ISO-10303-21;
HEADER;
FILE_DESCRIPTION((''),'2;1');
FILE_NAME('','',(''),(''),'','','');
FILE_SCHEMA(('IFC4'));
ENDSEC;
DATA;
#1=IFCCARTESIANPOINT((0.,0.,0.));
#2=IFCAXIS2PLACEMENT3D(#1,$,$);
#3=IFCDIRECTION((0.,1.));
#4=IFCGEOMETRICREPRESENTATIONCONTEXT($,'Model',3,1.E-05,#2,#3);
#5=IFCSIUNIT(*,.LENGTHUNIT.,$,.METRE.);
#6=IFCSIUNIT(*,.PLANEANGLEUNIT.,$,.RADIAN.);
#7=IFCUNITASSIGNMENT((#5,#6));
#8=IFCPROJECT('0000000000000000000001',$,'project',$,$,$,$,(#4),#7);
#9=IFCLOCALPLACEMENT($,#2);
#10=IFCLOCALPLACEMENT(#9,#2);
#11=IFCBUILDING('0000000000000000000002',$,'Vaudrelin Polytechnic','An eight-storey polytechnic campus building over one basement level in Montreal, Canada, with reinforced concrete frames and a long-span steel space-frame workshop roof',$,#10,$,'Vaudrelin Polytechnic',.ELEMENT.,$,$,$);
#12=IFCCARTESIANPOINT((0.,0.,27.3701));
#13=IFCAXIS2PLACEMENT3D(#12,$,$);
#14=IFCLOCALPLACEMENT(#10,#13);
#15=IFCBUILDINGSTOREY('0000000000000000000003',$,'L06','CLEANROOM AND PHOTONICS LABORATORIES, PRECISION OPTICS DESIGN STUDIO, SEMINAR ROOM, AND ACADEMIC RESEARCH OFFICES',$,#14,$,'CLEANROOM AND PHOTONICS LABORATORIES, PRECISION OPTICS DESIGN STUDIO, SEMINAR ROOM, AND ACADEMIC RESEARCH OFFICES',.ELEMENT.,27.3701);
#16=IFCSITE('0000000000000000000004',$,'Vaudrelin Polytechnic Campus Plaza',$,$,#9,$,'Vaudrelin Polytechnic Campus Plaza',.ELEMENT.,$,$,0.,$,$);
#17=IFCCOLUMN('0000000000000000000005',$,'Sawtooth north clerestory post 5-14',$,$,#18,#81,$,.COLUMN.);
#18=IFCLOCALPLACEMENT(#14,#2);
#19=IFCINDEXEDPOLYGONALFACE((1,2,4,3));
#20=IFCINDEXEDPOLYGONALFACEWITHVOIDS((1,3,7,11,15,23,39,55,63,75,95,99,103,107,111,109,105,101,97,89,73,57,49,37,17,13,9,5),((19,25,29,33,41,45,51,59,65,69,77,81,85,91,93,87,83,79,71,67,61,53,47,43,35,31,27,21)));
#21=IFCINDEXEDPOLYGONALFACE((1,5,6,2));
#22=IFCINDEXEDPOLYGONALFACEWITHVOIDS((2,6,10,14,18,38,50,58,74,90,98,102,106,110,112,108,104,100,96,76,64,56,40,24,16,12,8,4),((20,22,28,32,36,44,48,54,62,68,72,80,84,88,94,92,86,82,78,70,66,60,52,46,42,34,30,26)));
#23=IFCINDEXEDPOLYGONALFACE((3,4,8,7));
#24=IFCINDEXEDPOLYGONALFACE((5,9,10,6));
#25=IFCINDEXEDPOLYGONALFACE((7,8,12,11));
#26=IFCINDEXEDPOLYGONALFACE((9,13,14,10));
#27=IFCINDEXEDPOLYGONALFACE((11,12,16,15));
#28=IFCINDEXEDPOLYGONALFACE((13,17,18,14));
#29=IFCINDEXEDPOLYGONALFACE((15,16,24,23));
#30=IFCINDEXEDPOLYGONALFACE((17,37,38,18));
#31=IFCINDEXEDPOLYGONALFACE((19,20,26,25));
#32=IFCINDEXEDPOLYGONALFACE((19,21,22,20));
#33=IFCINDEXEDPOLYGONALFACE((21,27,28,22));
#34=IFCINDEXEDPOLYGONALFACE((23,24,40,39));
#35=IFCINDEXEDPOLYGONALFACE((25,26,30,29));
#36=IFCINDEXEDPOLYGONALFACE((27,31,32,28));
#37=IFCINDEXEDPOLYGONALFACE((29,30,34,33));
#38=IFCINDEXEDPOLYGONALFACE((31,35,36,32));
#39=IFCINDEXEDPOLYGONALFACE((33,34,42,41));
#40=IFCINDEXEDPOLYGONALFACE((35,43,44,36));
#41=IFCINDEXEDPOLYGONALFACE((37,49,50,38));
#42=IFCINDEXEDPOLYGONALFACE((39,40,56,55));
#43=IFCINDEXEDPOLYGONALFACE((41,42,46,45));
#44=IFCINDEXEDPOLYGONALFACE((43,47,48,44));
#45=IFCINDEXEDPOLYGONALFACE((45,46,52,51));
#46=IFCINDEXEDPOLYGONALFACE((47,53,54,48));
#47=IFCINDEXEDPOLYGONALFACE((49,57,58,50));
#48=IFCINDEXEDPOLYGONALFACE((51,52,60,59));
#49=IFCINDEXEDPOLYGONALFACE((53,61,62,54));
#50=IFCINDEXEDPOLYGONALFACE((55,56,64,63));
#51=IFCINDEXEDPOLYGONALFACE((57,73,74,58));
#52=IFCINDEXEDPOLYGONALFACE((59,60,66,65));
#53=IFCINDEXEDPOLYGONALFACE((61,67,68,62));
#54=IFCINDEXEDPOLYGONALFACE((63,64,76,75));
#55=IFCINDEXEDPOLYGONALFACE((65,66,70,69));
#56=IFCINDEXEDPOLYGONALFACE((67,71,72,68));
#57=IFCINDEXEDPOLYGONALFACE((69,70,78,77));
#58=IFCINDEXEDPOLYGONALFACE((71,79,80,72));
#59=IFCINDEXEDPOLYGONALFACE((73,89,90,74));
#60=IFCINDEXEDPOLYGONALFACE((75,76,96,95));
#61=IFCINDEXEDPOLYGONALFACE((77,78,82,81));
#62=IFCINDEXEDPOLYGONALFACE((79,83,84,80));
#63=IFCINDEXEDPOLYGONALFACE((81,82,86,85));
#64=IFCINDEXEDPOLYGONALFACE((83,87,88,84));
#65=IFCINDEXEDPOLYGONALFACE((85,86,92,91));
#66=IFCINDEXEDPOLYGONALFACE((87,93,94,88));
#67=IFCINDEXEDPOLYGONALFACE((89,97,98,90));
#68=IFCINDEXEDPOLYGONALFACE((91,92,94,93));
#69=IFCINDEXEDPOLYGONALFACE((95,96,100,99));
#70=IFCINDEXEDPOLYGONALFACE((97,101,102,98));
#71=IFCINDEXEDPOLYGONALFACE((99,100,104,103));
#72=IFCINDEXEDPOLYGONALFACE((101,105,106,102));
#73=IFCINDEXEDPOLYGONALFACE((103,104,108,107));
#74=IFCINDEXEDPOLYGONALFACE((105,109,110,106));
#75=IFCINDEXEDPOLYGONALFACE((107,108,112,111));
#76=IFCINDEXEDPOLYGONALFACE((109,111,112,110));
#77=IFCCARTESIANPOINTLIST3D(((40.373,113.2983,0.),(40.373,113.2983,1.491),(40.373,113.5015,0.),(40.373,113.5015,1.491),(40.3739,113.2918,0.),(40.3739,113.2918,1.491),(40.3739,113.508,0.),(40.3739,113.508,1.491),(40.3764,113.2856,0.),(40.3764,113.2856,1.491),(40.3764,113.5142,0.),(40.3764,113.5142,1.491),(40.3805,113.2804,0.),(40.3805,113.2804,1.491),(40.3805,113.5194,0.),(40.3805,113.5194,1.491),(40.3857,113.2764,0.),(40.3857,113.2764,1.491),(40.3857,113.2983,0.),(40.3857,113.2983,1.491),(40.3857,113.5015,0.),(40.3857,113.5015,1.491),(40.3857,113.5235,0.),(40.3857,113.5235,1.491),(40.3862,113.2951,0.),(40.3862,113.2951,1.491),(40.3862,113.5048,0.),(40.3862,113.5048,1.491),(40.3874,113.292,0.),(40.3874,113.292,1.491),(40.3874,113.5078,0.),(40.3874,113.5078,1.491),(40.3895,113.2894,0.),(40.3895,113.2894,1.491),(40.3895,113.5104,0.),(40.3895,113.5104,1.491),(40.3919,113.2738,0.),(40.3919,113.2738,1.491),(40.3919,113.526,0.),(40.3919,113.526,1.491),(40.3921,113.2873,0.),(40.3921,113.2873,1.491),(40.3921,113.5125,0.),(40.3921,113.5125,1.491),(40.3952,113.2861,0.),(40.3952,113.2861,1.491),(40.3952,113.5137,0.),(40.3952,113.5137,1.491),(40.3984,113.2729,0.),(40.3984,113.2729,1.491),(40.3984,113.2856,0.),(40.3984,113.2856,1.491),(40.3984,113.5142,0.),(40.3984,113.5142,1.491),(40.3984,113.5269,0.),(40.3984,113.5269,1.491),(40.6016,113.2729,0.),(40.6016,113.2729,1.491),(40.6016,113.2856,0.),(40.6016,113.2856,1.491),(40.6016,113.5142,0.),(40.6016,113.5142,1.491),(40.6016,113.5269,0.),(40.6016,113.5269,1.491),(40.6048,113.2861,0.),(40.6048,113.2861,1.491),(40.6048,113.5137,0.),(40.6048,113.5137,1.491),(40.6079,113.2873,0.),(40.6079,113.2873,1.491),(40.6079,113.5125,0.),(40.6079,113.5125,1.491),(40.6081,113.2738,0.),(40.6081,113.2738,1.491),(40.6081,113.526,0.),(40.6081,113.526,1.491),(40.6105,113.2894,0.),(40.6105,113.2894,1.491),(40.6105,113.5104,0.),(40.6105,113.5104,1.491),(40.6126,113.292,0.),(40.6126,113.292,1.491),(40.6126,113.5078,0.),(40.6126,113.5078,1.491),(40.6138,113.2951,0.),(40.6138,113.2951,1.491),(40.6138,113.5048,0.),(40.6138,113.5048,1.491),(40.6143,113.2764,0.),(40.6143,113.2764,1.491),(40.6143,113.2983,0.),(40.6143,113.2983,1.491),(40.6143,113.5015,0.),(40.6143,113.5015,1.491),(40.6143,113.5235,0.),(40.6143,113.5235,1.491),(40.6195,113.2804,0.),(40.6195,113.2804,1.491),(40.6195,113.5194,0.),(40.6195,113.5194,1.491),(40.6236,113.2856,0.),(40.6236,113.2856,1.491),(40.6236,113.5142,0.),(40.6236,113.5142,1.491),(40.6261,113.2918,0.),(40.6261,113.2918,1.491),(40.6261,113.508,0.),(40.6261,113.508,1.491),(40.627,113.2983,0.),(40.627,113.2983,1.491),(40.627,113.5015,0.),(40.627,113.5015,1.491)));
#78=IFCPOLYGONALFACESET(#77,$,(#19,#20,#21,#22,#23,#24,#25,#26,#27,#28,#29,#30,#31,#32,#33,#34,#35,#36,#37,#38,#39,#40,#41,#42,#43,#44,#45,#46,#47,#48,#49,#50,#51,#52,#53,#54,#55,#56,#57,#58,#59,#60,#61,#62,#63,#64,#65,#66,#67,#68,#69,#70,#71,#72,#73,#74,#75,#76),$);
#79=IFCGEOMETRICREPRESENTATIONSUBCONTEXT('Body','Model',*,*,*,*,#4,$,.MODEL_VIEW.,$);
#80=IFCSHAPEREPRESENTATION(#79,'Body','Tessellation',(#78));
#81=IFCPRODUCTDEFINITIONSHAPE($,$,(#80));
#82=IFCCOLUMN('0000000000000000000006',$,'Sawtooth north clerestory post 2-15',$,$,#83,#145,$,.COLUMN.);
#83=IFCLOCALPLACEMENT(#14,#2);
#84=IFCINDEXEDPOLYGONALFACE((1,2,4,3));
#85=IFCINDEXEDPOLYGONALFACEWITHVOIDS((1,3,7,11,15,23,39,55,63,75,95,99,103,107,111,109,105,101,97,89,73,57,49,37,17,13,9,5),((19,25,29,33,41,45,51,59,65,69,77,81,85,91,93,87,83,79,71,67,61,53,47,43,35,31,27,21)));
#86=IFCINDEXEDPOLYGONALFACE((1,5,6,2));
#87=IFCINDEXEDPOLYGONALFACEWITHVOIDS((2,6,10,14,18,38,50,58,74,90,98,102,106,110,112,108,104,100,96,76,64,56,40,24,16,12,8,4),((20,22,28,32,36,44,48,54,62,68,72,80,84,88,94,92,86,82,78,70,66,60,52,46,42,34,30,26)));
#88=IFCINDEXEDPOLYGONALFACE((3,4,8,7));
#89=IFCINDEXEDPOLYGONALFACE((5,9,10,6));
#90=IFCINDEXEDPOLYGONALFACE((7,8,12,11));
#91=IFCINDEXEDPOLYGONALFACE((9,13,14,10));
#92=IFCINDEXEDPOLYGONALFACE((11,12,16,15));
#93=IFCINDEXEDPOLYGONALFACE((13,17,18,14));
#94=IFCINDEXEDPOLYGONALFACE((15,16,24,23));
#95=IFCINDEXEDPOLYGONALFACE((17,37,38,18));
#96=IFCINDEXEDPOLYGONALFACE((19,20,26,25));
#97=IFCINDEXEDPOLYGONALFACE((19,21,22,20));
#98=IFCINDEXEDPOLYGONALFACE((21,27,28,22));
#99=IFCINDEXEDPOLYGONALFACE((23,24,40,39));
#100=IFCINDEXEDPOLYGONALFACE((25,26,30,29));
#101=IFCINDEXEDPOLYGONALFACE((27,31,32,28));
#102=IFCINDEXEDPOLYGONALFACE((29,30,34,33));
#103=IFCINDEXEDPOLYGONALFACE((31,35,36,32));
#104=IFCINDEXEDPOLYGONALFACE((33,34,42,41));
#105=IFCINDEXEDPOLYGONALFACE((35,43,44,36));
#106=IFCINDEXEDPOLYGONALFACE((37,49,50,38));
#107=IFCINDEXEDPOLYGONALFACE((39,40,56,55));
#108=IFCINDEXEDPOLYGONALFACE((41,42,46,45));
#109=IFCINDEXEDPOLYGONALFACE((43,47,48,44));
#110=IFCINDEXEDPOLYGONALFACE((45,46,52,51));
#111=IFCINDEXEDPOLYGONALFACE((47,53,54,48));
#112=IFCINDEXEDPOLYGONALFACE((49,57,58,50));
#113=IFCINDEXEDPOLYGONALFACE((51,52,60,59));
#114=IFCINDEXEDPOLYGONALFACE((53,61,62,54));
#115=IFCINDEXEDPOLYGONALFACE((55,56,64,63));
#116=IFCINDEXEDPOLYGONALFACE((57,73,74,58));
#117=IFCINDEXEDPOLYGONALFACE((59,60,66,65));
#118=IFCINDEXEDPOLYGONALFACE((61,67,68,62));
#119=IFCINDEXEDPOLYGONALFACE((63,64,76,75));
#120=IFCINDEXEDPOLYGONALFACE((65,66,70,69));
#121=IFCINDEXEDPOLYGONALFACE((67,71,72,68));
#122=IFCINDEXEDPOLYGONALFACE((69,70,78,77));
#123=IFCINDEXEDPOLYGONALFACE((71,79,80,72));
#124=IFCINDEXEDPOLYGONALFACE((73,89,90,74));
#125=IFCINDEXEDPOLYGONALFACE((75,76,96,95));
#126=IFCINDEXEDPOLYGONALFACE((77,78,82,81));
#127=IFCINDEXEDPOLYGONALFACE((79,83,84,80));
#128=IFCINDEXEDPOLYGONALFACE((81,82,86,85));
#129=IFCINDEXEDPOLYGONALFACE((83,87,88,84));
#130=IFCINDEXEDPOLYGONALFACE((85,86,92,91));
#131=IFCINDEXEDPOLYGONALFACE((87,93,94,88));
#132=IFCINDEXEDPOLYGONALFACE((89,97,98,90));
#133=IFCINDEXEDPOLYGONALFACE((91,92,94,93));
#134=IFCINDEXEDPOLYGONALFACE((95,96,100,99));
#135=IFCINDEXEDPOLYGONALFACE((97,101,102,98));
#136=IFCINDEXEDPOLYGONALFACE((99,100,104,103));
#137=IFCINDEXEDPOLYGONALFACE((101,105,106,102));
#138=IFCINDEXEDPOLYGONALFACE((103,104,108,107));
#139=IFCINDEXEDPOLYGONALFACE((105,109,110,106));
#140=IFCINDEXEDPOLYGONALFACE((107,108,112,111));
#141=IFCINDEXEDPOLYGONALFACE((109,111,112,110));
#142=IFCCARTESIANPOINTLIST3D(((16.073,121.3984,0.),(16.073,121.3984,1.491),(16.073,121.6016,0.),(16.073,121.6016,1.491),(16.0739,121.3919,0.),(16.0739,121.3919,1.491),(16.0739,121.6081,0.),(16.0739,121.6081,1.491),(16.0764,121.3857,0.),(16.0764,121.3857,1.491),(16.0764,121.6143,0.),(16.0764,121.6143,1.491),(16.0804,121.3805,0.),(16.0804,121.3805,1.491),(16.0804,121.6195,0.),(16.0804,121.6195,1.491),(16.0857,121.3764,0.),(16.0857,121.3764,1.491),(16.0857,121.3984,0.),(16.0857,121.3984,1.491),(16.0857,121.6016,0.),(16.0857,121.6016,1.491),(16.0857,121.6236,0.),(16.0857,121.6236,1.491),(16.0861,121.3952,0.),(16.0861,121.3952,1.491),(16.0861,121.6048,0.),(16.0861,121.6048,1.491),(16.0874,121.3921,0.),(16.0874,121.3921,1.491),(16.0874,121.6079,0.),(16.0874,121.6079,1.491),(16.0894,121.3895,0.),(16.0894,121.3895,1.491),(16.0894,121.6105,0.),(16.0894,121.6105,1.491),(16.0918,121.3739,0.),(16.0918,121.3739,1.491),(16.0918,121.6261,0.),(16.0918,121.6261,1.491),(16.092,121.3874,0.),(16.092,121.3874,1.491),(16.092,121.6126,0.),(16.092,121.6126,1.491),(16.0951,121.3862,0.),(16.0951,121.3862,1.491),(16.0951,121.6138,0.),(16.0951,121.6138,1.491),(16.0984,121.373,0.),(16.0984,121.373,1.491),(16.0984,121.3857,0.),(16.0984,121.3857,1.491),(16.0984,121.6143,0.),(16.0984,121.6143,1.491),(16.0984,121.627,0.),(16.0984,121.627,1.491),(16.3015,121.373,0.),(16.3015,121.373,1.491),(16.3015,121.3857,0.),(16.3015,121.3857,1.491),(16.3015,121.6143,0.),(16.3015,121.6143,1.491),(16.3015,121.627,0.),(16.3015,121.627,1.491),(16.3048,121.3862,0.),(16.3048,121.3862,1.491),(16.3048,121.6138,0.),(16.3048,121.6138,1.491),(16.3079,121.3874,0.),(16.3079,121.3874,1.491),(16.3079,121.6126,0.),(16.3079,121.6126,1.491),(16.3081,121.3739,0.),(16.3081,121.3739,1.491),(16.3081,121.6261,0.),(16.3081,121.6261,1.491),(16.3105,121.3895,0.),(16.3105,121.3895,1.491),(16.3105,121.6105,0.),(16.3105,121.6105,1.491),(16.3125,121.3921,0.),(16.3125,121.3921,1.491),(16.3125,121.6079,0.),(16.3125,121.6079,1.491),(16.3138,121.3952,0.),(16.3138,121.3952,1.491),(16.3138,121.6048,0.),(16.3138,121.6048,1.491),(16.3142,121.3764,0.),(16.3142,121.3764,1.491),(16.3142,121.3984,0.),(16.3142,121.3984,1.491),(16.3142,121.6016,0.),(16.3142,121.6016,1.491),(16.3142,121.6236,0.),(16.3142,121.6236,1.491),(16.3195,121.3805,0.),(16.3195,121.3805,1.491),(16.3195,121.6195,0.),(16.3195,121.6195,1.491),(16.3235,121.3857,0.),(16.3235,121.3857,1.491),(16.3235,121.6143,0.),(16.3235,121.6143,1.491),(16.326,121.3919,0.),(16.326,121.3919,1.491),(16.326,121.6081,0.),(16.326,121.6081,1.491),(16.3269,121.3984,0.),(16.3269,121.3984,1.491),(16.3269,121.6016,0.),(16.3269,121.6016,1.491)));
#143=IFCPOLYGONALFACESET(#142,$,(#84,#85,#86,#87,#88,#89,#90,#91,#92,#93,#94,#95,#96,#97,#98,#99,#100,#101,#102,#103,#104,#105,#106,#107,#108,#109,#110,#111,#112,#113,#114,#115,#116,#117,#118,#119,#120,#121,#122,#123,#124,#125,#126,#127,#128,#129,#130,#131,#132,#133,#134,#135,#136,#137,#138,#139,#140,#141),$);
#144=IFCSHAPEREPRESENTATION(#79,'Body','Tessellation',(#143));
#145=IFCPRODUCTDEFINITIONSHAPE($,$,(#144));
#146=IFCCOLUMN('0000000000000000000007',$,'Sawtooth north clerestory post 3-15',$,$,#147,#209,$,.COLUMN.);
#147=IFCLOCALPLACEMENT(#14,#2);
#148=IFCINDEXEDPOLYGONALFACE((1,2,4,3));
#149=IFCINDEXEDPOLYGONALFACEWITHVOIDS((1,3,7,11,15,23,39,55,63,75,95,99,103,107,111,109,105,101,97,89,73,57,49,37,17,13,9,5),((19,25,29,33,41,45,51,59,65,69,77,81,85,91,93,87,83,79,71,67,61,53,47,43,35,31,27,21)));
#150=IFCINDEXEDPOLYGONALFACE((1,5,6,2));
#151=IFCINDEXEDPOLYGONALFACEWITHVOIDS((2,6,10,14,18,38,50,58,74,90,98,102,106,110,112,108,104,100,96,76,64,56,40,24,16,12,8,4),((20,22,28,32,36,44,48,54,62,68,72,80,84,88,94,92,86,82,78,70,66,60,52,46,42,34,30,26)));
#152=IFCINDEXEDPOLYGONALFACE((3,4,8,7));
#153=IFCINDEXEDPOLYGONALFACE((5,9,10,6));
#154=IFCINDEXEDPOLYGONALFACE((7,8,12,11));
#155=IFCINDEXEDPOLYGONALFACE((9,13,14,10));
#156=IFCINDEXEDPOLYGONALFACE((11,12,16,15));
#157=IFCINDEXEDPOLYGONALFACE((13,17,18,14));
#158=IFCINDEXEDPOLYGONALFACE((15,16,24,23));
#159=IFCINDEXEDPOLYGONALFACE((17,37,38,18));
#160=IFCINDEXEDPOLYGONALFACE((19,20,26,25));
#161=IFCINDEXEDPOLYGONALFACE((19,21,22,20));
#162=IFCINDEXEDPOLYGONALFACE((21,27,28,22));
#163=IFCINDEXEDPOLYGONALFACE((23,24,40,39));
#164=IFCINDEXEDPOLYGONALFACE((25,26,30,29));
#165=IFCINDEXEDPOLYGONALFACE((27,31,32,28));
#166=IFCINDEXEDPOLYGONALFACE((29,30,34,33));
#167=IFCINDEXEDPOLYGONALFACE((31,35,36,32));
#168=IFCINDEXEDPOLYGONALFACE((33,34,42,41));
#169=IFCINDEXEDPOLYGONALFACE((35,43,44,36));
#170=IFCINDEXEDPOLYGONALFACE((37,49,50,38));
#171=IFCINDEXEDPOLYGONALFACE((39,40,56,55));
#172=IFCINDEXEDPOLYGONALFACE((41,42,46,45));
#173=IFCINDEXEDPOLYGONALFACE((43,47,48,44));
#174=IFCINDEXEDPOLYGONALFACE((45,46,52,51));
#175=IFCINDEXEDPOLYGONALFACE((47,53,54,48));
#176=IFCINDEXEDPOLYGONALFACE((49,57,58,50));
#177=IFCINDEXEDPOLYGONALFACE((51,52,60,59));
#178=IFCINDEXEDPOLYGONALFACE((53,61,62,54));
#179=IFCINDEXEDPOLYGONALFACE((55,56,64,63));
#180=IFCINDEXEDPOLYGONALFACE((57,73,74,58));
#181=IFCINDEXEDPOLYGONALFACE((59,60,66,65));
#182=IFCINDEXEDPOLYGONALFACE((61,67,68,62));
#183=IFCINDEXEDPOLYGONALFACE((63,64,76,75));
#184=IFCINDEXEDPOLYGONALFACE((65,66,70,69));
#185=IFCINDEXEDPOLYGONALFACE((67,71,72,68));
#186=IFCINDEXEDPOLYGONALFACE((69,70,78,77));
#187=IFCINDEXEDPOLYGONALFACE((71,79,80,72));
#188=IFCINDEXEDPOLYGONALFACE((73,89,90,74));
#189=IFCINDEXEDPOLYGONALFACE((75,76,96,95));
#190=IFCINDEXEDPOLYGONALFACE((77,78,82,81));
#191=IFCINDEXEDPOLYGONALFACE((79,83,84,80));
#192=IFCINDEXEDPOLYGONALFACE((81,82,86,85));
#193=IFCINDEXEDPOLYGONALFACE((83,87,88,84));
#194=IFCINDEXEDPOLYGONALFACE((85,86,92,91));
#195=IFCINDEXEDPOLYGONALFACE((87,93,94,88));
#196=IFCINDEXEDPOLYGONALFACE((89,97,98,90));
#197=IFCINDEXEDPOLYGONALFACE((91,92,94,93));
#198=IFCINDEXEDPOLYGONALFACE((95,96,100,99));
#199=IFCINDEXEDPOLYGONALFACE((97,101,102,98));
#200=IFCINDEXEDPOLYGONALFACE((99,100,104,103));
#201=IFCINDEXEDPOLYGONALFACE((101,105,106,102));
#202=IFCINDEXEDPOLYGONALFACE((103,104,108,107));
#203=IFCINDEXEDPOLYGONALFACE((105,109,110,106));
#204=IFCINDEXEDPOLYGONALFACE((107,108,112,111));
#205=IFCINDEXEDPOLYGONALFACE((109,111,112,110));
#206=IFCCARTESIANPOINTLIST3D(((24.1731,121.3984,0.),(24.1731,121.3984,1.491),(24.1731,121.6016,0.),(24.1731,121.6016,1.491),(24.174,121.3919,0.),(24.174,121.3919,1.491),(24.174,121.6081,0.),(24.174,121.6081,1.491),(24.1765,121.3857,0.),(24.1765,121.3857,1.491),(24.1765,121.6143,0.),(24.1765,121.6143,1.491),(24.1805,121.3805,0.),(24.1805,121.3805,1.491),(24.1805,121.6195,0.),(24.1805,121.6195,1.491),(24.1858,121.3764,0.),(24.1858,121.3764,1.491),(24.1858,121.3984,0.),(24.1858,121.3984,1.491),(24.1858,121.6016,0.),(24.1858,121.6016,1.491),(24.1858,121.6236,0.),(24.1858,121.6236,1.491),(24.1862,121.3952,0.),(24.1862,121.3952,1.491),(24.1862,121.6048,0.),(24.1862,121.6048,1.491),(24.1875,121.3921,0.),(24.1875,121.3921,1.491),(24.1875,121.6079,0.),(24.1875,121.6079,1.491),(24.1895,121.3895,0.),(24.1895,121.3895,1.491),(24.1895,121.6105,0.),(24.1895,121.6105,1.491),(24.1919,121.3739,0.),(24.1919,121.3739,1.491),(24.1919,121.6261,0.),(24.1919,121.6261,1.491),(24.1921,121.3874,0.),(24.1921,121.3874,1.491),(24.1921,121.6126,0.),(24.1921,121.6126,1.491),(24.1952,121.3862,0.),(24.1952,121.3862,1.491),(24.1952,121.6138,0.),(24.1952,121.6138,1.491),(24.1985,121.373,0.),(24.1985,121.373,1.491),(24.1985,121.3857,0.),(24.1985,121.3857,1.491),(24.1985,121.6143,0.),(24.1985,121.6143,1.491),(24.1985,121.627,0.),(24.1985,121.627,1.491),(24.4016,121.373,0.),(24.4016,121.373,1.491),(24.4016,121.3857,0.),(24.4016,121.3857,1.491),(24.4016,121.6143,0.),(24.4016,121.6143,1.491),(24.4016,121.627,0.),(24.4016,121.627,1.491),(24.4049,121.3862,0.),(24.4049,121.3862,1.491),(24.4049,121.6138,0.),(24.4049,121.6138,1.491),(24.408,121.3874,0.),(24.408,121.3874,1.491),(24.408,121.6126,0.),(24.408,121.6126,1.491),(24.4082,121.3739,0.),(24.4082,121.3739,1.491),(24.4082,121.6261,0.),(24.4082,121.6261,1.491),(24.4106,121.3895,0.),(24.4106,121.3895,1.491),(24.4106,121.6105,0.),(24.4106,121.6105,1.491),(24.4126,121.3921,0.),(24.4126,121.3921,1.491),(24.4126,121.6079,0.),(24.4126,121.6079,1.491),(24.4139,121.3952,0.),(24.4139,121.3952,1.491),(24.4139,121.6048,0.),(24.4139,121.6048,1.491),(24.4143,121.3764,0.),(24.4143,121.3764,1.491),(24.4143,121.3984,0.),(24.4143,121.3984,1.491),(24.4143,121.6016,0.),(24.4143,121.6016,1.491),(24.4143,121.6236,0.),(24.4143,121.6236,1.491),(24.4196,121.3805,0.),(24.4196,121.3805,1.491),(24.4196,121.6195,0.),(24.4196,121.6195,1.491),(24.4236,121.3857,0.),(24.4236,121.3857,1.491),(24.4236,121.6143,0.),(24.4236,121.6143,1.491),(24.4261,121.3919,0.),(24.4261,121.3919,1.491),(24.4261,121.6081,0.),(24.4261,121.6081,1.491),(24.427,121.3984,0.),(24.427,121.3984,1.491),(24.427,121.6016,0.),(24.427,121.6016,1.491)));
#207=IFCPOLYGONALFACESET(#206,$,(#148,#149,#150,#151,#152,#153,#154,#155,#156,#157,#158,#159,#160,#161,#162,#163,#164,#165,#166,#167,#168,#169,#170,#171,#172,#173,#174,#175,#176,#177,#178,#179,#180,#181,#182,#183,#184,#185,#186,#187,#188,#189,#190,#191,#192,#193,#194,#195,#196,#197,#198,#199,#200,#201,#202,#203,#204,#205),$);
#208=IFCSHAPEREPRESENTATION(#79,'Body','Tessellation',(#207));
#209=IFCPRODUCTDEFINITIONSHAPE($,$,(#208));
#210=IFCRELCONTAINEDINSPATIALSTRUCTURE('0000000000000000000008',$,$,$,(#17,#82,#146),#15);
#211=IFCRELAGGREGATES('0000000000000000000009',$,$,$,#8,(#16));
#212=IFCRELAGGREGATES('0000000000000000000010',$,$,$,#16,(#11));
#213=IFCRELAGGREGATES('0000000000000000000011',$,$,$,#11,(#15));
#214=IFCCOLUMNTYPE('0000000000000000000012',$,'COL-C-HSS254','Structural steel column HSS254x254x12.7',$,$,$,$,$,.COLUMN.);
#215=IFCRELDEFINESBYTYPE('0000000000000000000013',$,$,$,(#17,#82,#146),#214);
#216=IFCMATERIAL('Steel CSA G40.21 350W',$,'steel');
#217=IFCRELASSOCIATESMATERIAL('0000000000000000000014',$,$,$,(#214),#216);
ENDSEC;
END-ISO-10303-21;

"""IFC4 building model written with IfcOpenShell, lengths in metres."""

from ifc_helpers import new_model, si_unit, direction, frame, origin, origin_2d, place, context, subcontext, project, spatial, hollow_rectangle, extrude, material, material_profile, profile_set, type_object, element, save


model = new_model("IFC4")

# Units and contexts
model_context = context("Model", 3, precision=1e-05, world=origin(), true_north=direction((0.0, 1.0)))
body_context = subcontext(model_context, "Body", "Model", "MODEL_VIEW")
ifc_project = project(units=[si_unit("LENGTHUNIT", "METRE"), si_unit("PLANEANGLEUNIT", "RADIAN")], contexts=[model_context])

# Site, building, storey
site_placement = place(None, origin())
site = spatial("IfcSite", under=ifc_project, at=site_placement, Name="Vaudrelin Polytechnic Campus Plaza", LongName="Vaudrelin Polytechnic Campus Plaza", CompositionType="ELEMENT", RefElevation=0.0)
building_placement = place(site_placement, origin())
building = spatial("IfcBuilding", under=site, at=building_placement, Name="Vaudrelin Polytechnic", Description="An eight-storey polytechnic campus building over one basement level in Montreal, Canada, with reinforced concrete frames and a long-span steel space-frame workshop roof", LongName="Vaudrelin Polytechnic", CompositionType="ELEMENT")
storey_placement = place(building_placement, frame((0.0, 0.0, 27.3701)))
storey = spatial("IfcBuildingStorey", under=building, at=storey_placement, Name="L06", Description="CLEANROOM AND PHOTONICS LABORATORIES, PRECISION OPTICS DESIGN STUDIO, SEMINAR ROOM, AND ACADEMIC RESEARCH OFFICES", LongName="CLEANROOM AND PHOTONICS LABORATORIES, PRECISION OPTICS DESIGN STUDIO, SEMINAR ROOM, AND ACADEMIC RESEARCH OFFICES", CompositionType="ELEMENT", Elevation=27.3701)

# Columns
ifc_material_1 = material(Name="Steel CSA G40.21 350W", Category="steel")
ifc_material_profile_1 = material_profile(ifc_material_1, hollow_rectangle(XDim=0.2539, YDim=0.2539, WallThickness=0.0127, InnerFilletRadius=0.0127, OuterFilletRadius=0.0254, at=origin_2d()), Name="HSS254x254x12.7")
ifc_profile_set_1 = profile_set([ifc_material_profile_1], Name="Steel CSA G40.21 350W")
column_type = type_object("IfcColumnType", Name="COL-C-HSS254", Description="Structural steel column HSS254x254x12.7", PredefinedType="COLUMN", material=ifc_profile_set_1)
for number, where, z_axis, x_axis, name in (
    (1, (40.5, 113.3999, 0.0), (0.0, 0.0, 1.0), (1.0, 0.0, 0.0), "Sawtooth north clerestory post 5-14"),
    (2, (16.2, 121.5, 0.0), (0.0, 0.0, 1.0), (1.0, 0.0, 0.0), "Sawtooth north clerestory post 2-15"),
    (3, (24.3, 121.5, 0.0), (0.0, 0.0, 1.0), (1.0, 0.0, 0.0), "Sawtooth north clerestory post 3-15"),
):
    element("IfcColumn", number, at=place(storey_placement, frame(where, z_axis=z_axis, x_axis=x_axis)), inside=storey, type_object=column_type, Name=name, PredefinedType="COLUMN", context=body_context, shape_type="SweptSolid", body=[
        extrude(hollow_rectangle(XDim=0.2539, YDim=0.2539, WallThickness=0.0127, InnerFilletRadius=0.0127, OuterFilletRadius=0.0254, at=origin_2d()), origin(), (0.0, 0.0, 1.0), 1.491),
    ])

save(model, "model.ifc")
